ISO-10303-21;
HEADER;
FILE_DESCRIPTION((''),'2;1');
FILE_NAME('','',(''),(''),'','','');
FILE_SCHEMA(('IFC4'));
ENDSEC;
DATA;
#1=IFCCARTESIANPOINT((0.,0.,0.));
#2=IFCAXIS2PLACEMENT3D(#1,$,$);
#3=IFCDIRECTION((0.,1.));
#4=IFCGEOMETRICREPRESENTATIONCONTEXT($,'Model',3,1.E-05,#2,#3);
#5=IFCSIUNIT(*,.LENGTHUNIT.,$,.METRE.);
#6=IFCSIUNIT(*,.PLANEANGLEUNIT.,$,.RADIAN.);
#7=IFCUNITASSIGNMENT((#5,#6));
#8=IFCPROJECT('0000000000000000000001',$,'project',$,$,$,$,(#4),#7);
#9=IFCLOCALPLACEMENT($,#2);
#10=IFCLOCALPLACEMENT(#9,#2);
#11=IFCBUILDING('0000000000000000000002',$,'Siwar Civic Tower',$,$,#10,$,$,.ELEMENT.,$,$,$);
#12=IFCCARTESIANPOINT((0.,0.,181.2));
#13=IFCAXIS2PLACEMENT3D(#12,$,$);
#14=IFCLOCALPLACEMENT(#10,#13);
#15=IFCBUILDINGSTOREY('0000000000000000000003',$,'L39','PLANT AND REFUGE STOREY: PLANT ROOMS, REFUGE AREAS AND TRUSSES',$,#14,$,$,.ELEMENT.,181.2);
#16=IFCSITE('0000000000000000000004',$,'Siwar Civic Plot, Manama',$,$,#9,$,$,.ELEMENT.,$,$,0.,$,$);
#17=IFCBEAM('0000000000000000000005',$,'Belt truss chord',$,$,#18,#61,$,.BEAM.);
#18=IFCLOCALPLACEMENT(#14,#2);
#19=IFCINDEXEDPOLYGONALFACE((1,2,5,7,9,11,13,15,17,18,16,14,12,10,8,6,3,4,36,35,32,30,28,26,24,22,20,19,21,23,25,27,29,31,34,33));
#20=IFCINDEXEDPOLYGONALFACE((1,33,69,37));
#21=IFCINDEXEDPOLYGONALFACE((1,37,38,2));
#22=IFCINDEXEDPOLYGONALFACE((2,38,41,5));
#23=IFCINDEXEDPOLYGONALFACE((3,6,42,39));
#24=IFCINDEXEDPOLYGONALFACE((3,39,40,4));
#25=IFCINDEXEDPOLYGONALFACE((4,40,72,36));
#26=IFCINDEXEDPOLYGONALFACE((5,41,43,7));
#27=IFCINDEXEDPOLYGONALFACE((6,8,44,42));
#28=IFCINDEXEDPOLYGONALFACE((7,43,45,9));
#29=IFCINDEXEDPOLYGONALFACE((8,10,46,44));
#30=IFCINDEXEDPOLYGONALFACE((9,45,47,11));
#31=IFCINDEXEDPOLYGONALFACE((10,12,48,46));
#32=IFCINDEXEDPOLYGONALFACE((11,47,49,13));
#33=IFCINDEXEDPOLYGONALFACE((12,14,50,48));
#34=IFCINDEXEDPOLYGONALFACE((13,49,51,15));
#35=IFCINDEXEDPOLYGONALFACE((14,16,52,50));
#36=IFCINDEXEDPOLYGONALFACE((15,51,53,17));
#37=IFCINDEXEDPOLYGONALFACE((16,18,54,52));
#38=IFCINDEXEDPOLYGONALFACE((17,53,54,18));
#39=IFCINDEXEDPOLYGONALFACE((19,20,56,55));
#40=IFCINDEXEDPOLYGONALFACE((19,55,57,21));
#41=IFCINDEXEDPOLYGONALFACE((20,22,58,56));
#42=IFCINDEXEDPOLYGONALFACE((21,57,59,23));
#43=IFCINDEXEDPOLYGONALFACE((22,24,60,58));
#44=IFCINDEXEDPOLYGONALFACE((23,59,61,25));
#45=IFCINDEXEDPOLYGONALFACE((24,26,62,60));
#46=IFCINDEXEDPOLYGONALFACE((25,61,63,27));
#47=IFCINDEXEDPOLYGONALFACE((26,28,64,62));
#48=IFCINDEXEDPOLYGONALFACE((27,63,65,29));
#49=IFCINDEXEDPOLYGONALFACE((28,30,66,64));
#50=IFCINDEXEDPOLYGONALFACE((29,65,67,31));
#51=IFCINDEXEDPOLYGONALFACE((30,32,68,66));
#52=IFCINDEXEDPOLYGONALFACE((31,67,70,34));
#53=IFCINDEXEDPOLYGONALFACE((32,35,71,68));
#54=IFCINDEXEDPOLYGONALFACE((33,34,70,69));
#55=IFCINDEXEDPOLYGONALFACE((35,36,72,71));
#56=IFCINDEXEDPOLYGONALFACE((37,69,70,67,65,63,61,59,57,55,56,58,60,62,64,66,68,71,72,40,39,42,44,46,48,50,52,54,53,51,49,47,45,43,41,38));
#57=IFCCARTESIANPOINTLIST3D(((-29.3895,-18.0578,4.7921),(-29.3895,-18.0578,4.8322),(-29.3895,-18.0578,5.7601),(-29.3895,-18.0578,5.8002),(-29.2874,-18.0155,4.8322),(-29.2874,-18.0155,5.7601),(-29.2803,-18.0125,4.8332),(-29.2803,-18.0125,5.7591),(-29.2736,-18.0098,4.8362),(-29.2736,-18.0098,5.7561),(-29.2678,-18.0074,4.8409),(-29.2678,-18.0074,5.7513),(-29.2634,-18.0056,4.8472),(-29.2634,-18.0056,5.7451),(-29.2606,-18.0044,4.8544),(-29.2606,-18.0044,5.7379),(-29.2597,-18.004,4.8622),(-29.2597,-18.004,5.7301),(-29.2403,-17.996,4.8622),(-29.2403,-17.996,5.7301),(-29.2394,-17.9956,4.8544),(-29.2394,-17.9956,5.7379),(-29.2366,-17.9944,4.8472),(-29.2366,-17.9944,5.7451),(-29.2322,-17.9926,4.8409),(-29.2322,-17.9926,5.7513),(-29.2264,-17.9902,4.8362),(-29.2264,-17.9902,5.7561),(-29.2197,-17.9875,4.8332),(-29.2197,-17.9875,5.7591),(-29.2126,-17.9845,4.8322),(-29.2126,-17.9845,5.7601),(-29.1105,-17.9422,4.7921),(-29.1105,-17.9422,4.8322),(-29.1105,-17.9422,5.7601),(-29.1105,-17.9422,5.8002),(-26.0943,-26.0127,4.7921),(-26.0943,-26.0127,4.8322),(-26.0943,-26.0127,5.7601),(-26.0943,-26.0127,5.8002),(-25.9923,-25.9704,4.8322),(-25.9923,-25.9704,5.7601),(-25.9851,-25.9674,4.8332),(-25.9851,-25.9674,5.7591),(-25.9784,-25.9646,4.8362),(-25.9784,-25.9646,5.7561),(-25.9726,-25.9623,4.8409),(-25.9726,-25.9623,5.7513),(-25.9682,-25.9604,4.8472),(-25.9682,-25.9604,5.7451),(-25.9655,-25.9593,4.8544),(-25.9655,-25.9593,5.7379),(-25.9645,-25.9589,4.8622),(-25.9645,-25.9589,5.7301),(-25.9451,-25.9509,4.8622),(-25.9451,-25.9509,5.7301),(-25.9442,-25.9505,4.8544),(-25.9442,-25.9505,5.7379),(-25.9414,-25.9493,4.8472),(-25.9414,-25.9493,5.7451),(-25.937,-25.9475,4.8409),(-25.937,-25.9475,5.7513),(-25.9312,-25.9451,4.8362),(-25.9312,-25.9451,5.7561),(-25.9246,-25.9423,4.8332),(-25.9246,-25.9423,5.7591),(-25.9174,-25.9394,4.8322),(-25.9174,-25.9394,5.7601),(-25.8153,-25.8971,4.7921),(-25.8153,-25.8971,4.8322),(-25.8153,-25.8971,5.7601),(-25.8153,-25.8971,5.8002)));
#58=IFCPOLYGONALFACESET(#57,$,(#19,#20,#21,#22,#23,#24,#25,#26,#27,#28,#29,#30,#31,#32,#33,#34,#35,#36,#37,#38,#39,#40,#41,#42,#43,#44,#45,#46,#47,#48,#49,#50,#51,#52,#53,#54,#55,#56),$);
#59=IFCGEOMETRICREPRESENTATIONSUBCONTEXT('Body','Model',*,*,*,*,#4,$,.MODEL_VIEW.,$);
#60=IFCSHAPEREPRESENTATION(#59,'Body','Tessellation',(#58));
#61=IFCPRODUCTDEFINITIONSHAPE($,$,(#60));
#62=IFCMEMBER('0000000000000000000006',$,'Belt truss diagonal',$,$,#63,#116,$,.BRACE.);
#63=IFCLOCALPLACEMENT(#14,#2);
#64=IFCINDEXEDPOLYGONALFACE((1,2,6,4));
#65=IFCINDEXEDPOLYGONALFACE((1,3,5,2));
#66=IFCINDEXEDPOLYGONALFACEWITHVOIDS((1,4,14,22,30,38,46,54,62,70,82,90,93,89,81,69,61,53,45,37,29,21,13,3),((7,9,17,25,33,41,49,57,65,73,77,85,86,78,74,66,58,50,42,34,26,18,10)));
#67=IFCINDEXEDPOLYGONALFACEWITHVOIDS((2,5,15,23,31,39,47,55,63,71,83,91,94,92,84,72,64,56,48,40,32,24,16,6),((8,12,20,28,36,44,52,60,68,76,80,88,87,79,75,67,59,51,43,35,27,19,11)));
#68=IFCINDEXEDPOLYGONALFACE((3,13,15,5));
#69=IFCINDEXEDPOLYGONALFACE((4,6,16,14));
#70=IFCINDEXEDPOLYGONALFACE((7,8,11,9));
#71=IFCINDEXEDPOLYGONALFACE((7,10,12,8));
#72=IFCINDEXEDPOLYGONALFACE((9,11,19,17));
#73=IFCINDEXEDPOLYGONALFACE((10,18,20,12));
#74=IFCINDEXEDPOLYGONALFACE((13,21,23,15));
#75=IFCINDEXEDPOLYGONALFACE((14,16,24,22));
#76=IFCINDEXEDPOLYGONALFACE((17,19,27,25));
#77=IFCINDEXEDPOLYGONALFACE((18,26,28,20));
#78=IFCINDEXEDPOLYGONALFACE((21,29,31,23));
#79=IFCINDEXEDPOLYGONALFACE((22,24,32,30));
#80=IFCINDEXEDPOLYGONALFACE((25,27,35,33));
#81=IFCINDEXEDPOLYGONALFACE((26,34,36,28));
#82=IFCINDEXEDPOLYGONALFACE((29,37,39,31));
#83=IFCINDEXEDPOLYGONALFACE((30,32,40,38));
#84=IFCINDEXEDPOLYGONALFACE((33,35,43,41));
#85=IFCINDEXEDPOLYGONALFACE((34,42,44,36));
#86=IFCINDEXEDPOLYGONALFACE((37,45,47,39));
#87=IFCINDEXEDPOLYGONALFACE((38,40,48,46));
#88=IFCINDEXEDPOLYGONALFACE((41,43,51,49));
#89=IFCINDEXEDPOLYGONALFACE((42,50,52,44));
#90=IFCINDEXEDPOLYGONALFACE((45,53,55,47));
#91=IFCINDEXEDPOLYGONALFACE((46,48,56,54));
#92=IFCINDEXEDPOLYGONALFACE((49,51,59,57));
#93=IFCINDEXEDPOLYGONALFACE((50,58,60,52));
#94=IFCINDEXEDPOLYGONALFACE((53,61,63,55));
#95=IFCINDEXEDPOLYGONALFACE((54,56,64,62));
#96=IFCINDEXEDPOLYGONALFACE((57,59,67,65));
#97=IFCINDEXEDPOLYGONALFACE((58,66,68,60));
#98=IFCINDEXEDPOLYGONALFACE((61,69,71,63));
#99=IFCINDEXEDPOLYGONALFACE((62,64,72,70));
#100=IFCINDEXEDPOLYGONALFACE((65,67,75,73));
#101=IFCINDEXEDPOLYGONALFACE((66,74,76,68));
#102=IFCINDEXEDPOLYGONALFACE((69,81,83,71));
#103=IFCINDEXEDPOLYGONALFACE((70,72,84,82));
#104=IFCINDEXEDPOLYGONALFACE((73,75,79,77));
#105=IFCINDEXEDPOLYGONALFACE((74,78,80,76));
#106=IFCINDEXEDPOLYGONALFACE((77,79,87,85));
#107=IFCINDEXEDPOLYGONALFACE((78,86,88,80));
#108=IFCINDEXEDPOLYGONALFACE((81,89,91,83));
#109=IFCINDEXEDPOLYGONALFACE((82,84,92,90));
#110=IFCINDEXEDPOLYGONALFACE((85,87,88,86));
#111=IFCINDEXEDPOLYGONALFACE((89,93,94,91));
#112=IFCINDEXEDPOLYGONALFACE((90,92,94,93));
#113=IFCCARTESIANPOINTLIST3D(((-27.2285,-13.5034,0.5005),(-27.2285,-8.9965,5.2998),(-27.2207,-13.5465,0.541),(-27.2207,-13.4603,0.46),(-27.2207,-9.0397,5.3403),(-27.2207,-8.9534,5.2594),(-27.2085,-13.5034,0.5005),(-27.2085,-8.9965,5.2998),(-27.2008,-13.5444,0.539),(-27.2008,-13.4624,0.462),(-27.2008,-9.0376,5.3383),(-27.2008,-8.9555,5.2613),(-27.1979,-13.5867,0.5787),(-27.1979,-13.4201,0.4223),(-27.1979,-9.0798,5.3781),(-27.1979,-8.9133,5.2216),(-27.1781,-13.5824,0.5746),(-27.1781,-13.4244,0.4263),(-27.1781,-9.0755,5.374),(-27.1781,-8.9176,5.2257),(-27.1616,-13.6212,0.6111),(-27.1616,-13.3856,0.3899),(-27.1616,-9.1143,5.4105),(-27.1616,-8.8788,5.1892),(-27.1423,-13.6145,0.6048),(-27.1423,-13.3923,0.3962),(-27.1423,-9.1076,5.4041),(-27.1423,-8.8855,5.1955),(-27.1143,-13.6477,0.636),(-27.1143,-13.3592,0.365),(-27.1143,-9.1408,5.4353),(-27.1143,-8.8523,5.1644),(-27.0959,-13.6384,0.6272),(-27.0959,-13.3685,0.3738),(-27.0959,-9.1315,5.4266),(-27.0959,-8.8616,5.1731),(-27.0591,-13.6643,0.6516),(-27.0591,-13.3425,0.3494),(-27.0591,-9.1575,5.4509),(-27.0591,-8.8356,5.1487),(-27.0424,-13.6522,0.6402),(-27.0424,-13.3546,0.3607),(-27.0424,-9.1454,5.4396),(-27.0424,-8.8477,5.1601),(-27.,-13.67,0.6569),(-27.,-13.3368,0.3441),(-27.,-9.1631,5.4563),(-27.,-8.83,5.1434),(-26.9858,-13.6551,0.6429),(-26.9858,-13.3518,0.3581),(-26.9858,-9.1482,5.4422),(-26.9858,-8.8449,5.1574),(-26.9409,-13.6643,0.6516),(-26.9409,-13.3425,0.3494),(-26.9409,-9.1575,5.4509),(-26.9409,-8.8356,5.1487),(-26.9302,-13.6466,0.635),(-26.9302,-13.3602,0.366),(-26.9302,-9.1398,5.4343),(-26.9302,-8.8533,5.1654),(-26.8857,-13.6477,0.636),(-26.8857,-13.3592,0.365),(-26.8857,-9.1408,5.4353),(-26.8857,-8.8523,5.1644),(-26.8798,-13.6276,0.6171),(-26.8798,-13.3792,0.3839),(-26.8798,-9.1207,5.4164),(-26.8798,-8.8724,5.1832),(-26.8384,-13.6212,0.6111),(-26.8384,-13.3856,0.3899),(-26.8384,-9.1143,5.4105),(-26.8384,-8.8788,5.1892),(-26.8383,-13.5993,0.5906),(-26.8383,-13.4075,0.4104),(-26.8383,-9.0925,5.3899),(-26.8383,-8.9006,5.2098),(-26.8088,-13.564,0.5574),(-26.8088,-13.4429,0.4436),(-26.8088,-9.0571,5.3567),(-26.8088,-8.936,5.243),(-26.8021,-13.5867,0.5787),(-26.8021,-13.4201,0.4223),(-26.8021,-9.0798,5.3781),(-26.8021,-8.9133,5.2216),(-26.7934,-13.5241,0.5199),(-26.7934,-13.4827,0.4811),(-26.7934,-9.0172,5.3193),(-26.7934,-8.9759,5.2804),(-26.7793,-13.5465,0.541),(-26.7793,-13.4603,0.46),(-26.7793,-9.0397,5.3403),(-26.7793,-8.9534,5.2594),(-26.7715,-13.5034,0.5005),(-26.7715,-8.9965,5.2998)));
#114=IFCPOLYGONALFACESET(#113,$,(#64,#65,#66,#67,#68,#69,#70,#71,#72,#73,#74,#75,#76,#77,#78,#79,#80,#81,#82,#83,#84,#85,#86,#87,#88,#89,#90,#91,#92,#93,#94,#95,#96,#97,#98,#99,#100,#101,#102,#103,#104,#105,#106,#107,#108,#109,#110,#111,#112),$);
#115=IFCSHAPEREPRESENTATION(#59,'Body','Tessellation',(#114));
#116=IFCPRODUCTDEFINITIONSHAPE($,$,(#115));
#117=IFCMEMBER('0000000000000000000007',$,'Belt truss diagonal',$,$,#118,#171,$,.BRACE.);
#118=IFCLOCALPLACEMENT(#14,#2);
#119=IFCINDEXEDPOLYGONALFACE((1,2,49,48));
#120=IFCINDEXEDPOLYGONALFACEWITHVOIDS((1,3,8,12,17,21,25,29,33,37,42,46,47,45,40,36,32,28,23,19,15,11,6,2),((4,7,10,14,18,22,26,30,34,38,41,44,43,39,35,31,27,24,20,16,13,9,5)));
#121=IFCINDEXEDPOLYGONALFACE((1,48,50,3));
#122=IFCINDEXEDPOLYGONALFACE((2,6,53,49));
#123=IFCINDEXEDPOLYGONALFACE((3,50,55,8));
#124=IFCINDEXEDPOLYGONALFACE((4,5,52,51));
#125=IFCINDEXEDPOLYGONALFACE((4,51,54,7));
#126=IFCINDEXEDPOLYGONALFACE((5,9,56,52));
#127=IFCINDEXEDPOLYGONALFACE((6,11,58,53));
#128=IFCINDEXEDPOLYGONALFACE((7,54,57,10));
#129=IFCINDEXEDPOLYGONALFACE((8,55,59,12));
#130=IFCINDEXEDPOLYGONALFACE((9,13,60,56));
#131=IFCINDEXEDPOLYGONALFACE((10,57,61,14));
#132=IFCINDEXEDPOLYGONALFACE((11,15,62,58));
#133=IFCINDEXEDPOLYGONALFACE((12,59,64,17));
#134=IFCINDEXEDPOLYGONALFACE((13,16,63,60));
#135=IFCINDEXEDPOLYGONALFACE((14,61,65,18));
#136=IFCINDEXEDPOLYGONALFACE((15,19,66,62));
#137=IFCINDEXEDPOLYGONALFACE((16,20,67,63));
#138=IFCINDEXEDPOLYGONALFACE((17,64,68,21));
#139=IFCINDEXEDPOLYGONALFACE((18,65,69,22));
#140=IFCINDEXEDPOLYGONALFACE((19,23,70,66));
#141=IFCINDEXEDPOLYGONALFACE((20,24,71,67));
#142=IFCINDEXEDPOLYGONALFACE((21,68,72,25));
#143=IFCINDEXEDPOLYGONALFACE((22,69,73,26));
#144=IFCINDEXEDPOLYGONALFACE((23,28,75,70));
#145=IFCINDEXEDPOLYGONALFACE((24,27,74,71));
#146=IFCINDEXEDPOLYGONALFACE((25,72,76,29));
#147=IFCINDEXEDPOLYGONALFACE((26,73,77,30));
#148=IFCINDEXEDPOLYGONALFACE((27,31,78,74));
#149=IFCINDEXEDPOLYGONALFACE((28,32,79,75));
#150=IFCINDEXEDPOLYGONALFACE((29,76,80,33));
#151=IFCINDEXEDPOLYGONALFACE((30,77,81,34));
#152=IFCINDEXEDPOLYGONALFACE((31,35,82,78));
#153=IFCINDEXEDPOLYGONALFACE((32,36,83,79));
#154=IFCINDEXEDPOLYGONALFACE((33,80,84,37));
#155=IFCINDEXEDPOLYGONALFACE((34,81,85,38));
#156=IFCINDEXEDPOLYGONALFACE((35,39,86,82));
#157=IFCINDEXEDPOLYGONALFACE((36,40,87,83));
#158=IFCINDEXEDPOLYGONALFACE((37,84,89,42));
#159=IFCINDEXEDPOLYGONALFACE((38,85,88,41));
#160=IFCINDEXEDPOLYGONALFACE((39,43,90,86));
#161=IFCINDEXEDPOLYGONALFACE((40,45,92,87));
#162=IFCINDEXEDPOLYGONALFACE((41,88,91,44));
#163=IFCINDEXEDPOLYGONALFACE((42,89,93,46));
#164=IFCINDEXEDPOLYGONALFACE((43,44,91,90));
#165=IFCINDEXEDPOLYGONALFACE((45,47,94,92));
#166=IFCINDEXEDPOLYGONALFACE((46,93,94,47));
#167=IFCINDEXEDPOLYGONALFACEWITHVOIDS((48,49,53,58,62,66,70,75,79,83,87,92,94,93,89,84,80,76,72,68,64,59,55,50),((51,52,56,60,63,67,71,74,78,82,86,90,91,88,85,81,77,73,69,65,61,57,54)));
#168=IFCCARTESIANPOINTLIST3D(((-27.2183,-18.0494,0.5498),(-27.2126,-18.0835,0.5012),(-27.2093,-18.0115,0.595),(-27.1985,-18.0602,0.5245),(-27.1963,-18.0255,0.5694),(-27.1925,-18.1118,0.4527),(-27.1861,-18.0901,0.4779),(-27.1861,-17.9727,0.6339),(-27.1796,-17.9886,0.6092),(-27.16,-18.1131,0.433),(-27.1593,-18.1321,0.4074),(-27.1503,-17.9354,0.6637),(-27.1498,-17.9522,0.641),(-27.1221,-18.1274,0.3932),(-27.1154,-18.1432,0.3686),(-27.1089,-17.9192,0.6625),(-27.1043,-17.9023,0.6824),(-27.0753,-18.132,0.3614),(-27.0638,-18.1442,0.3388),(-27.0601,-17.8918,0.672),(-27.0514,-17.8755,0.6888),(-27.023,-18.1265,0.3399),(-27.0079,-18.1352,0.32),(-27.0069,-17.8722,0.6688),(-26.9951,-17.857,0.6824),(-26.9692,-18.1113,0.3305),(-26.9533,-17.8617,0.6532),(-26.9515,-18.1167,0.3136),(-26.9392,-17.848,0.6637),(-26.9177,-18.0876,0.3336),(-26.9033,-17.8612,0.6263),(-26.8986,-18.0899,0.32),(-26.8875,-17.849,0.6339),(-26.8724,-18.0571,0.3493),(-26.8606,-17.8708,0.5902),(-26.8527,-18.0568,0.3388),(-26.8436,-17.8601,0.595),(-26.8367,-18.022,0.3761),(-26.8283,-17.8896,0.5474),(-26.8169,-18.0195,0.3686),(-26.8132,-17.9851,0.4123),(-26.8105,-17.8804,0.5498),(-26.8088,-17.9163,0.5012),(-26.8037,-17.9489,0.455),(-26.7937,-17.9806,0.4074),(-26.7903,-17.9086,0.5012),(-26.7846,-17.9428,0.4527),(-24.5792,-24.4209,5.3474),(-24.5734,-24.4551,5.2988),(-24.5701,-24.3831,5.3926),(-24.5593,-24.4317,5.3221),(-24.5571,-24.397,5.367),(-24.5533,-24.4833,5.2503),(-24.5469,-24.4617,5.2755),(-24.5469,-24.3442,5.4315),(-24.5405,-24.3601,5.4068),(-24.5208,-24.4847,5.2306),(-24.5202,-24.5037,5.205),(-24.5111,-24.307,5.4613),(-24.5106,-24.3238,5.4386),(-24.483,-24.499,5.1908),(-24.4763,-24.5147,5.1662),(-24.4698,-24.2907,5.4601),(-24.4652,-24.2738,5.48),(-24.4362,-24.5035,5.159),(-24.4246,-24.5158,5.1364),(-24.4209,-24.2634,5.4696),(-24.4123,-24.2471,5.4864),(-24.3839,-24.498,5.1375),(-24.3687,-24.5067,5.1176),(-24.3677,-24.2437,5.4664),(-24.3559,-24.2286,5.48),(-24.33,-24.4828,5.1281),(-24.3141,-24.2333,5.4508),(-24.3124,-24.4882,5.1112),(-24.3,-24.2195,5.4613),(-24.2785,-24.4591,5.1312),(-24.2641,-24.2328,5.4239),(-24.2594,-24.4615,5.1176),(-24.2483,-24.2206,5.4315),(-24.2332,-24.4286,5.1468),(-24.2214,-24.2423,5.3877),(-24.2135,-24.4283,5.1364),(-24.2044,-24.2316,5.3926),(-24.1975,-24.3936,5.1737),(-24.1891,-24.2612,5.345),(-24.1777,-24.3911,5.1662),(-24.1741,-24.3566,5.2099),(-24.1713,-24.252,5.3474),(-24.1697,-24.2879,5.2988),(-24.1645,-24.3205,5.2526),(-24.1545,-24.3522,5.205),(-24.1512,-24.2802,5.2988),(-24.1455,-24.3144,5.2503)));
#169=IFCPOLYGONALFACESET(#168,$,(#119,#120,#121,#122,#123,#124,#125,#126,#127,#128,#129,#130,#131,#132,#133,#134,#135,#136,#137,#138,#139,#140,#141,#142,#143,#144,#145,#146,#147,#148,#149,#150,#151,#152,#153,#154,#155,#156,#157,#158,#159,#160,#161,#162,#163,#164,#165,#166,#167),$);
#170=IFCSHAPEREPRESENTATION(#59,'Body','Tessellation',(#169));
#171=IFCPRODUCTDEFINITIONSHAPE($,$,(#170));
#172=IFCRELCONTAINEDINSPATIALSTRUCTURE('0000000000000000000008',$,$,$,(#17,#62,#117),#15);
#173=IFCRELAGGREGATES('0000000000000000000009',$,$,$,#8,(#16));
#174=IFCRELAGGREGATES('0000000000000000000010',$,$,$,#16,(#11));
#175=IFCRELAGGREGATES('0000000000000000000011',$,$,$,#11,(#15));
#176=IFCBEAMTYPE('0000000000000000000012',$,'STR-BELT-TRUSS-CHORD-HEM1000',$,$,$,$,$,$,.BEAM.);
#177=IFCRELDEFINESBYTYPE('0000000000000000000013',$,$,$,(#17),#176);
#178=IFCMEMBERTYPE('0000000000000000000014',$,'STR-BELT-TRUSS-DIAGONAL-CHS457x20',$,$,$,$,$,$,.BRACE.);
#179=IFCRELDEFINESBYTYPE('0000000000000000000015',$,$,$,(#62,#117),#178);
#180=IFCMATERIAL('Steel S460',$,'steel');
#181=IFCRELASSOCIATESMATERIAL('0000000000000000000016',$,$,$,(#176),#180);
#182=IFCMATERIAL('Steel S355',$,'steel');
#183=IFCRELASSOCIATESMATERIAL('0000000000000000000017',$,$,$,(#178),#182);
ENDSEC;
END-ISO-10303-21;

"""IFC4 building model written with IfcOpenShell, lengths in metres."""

from ifc_helpers import new_model, si_unit, direction, frame, origin, origin_2d, place, context, subcontext, project, spatial, hollow_circle, i_section, extrude, material, material_profile, profile_set, type_object, element, save


model = new_model("IFC4")

# Units and contexts
model_context = context("Model", 3, precision=1e-05, world=origin(), true_north=direction((0.0, 1.0)))
body_context = subcontext(model_context, "Body", "Model", "MODEL_VIEW")
ifc_project = project(units=[si_unit("LENGTHUNIT", "METRE"), si_unit("PLANEANGLEUNIT", "RADIAN")], contexts=[model_context])

# Site, building, storey
site_placement = place(None, origin())
site = spatial("IfcSite", under=ifc_project, at=site_placement, Name="Siwar Civic Plot, Manama", CompositionType="ELEMENT", RefElevation=0.0)
building_placement = place(site_placement, origin())
building = spatial("IfcBuilding", under=site, at=building_placement, Name="Siwar Civic Tower", CompositionType="ELEMENT")
storey_placement = place(building_placement, frame((0.0, 0.0, 181.2)))
storey = spatial("IfcBuildingStorey", under=building, at=storey_placement, Name="L39", Description="PLANT AND REFUGE STOREY: PLANT ROOMS, REFUGE AREAS AND TRUSSES", CompositionType="ELEMENT", Elevation=181.2)

# Beam
ifc_material_1 = material(Name="Steel S460", Category="steel")
ifc_material_profile_1 = material_profile(ifc_material_1, i_section(OverallWidth=0.302, OverallDepth=1.0081, WebThickness=0.021, FlangeThickness=0.04, FilletRadius=0.03, at=origin_2d()), Name="HEM1000")
ifc_profile_set_1 = profile_set([ifc_material_profile_1], Name="Steel S460")
beam_type_1 = type_object("IfcBeamType", Name="STR-BELT-TRUSS-CHORD-HEM1000", PredefinedType="BEAM", material=ifc_profile_set_1)
for number, where, z_axis, x_axis, name in (
    (1, (-29.25, -18.0, 5.2961), (0.3827, -0.923873, 0.0), (0.923873, 0.3827, 0.0), "Belt truss chord"),
):
    element("IfcBeam", number, at=place(storey_placement, frame(where, z_axis=z_axis, x_axis=x_axis)), inside=storey, type_object=beam_type_1, Name=name, PredefinedType="BEAM", context=body_context, shape_type="SweptSolid", body=[
        extrude(i_section(OverallWidth=0.302, OverallDepth=1.0081, WebThickness=0.021, FlangeThickness=0.04, FilletRadius=0.03, at=origin_2d()), origin(), (0.0, 0.0, 1.0), 8.6104),
    ])

# Members
ifc_material_2 = material(Name="Steel S355", Category="steel")
ifc_material_profile_2 = material_profile(ifc_material_2, hollow_circle(Radius=0.2285, WallThickness=0.02, at=origin_2d()), Name="CHS457x20")
ifc_profile_set_2 = profile_set([ifc_material_profile_2], Name="Steel S355")
member_type_1 = type_object("IfcMemberType", Name="STR-BELT-TRUSS-DIAGONAL-CHS457x20", PredefinedType="BRACE", material=ifc_profile_set_2)
member_1_placement = place(storey_placement, frame((-27.0, -13.5034, 0.5005), z_axis=(0.0, 0.684545, 0.72897), x_axis=(-1.0, 0.0, 0.0)))
element("IfcMember", 2, at=member_1_placement, inside=storey, type_object=member_type_1, Name="Belt truss diagonal", PredefinedType="BRACE", context=body_context, shape_type="SweptSolid", body=[
    extrude(hollow_circle(Radius=0.2285, WallThickness=0.02, at=origin_2d()), origin(), (0.0, 0.0, 1.0), 6.5837),
])
member_2_placement = place(storey_placement, frame((-27.0015, -17.9961, 0.5012), z_axis=(0.314143, -0.758418, 0.571066), x_axis=(0.923881, 0.382679, 0.0)))
element("IfcMember", 3, at=member_2_placement, inside=storey, type_object=member_type_1, Name="Belt truss diagonal", PredefinedType="BRACE", context=body_context, shape_type="SweptSolid", body=[
    extrude(hollow_circle(Radius=0.2285, WallThickness=0.02, at=origin_2d()), origin(), (0.0, 0.0, 1.0), 8.4011),
])

save(model, "model.ifc")
